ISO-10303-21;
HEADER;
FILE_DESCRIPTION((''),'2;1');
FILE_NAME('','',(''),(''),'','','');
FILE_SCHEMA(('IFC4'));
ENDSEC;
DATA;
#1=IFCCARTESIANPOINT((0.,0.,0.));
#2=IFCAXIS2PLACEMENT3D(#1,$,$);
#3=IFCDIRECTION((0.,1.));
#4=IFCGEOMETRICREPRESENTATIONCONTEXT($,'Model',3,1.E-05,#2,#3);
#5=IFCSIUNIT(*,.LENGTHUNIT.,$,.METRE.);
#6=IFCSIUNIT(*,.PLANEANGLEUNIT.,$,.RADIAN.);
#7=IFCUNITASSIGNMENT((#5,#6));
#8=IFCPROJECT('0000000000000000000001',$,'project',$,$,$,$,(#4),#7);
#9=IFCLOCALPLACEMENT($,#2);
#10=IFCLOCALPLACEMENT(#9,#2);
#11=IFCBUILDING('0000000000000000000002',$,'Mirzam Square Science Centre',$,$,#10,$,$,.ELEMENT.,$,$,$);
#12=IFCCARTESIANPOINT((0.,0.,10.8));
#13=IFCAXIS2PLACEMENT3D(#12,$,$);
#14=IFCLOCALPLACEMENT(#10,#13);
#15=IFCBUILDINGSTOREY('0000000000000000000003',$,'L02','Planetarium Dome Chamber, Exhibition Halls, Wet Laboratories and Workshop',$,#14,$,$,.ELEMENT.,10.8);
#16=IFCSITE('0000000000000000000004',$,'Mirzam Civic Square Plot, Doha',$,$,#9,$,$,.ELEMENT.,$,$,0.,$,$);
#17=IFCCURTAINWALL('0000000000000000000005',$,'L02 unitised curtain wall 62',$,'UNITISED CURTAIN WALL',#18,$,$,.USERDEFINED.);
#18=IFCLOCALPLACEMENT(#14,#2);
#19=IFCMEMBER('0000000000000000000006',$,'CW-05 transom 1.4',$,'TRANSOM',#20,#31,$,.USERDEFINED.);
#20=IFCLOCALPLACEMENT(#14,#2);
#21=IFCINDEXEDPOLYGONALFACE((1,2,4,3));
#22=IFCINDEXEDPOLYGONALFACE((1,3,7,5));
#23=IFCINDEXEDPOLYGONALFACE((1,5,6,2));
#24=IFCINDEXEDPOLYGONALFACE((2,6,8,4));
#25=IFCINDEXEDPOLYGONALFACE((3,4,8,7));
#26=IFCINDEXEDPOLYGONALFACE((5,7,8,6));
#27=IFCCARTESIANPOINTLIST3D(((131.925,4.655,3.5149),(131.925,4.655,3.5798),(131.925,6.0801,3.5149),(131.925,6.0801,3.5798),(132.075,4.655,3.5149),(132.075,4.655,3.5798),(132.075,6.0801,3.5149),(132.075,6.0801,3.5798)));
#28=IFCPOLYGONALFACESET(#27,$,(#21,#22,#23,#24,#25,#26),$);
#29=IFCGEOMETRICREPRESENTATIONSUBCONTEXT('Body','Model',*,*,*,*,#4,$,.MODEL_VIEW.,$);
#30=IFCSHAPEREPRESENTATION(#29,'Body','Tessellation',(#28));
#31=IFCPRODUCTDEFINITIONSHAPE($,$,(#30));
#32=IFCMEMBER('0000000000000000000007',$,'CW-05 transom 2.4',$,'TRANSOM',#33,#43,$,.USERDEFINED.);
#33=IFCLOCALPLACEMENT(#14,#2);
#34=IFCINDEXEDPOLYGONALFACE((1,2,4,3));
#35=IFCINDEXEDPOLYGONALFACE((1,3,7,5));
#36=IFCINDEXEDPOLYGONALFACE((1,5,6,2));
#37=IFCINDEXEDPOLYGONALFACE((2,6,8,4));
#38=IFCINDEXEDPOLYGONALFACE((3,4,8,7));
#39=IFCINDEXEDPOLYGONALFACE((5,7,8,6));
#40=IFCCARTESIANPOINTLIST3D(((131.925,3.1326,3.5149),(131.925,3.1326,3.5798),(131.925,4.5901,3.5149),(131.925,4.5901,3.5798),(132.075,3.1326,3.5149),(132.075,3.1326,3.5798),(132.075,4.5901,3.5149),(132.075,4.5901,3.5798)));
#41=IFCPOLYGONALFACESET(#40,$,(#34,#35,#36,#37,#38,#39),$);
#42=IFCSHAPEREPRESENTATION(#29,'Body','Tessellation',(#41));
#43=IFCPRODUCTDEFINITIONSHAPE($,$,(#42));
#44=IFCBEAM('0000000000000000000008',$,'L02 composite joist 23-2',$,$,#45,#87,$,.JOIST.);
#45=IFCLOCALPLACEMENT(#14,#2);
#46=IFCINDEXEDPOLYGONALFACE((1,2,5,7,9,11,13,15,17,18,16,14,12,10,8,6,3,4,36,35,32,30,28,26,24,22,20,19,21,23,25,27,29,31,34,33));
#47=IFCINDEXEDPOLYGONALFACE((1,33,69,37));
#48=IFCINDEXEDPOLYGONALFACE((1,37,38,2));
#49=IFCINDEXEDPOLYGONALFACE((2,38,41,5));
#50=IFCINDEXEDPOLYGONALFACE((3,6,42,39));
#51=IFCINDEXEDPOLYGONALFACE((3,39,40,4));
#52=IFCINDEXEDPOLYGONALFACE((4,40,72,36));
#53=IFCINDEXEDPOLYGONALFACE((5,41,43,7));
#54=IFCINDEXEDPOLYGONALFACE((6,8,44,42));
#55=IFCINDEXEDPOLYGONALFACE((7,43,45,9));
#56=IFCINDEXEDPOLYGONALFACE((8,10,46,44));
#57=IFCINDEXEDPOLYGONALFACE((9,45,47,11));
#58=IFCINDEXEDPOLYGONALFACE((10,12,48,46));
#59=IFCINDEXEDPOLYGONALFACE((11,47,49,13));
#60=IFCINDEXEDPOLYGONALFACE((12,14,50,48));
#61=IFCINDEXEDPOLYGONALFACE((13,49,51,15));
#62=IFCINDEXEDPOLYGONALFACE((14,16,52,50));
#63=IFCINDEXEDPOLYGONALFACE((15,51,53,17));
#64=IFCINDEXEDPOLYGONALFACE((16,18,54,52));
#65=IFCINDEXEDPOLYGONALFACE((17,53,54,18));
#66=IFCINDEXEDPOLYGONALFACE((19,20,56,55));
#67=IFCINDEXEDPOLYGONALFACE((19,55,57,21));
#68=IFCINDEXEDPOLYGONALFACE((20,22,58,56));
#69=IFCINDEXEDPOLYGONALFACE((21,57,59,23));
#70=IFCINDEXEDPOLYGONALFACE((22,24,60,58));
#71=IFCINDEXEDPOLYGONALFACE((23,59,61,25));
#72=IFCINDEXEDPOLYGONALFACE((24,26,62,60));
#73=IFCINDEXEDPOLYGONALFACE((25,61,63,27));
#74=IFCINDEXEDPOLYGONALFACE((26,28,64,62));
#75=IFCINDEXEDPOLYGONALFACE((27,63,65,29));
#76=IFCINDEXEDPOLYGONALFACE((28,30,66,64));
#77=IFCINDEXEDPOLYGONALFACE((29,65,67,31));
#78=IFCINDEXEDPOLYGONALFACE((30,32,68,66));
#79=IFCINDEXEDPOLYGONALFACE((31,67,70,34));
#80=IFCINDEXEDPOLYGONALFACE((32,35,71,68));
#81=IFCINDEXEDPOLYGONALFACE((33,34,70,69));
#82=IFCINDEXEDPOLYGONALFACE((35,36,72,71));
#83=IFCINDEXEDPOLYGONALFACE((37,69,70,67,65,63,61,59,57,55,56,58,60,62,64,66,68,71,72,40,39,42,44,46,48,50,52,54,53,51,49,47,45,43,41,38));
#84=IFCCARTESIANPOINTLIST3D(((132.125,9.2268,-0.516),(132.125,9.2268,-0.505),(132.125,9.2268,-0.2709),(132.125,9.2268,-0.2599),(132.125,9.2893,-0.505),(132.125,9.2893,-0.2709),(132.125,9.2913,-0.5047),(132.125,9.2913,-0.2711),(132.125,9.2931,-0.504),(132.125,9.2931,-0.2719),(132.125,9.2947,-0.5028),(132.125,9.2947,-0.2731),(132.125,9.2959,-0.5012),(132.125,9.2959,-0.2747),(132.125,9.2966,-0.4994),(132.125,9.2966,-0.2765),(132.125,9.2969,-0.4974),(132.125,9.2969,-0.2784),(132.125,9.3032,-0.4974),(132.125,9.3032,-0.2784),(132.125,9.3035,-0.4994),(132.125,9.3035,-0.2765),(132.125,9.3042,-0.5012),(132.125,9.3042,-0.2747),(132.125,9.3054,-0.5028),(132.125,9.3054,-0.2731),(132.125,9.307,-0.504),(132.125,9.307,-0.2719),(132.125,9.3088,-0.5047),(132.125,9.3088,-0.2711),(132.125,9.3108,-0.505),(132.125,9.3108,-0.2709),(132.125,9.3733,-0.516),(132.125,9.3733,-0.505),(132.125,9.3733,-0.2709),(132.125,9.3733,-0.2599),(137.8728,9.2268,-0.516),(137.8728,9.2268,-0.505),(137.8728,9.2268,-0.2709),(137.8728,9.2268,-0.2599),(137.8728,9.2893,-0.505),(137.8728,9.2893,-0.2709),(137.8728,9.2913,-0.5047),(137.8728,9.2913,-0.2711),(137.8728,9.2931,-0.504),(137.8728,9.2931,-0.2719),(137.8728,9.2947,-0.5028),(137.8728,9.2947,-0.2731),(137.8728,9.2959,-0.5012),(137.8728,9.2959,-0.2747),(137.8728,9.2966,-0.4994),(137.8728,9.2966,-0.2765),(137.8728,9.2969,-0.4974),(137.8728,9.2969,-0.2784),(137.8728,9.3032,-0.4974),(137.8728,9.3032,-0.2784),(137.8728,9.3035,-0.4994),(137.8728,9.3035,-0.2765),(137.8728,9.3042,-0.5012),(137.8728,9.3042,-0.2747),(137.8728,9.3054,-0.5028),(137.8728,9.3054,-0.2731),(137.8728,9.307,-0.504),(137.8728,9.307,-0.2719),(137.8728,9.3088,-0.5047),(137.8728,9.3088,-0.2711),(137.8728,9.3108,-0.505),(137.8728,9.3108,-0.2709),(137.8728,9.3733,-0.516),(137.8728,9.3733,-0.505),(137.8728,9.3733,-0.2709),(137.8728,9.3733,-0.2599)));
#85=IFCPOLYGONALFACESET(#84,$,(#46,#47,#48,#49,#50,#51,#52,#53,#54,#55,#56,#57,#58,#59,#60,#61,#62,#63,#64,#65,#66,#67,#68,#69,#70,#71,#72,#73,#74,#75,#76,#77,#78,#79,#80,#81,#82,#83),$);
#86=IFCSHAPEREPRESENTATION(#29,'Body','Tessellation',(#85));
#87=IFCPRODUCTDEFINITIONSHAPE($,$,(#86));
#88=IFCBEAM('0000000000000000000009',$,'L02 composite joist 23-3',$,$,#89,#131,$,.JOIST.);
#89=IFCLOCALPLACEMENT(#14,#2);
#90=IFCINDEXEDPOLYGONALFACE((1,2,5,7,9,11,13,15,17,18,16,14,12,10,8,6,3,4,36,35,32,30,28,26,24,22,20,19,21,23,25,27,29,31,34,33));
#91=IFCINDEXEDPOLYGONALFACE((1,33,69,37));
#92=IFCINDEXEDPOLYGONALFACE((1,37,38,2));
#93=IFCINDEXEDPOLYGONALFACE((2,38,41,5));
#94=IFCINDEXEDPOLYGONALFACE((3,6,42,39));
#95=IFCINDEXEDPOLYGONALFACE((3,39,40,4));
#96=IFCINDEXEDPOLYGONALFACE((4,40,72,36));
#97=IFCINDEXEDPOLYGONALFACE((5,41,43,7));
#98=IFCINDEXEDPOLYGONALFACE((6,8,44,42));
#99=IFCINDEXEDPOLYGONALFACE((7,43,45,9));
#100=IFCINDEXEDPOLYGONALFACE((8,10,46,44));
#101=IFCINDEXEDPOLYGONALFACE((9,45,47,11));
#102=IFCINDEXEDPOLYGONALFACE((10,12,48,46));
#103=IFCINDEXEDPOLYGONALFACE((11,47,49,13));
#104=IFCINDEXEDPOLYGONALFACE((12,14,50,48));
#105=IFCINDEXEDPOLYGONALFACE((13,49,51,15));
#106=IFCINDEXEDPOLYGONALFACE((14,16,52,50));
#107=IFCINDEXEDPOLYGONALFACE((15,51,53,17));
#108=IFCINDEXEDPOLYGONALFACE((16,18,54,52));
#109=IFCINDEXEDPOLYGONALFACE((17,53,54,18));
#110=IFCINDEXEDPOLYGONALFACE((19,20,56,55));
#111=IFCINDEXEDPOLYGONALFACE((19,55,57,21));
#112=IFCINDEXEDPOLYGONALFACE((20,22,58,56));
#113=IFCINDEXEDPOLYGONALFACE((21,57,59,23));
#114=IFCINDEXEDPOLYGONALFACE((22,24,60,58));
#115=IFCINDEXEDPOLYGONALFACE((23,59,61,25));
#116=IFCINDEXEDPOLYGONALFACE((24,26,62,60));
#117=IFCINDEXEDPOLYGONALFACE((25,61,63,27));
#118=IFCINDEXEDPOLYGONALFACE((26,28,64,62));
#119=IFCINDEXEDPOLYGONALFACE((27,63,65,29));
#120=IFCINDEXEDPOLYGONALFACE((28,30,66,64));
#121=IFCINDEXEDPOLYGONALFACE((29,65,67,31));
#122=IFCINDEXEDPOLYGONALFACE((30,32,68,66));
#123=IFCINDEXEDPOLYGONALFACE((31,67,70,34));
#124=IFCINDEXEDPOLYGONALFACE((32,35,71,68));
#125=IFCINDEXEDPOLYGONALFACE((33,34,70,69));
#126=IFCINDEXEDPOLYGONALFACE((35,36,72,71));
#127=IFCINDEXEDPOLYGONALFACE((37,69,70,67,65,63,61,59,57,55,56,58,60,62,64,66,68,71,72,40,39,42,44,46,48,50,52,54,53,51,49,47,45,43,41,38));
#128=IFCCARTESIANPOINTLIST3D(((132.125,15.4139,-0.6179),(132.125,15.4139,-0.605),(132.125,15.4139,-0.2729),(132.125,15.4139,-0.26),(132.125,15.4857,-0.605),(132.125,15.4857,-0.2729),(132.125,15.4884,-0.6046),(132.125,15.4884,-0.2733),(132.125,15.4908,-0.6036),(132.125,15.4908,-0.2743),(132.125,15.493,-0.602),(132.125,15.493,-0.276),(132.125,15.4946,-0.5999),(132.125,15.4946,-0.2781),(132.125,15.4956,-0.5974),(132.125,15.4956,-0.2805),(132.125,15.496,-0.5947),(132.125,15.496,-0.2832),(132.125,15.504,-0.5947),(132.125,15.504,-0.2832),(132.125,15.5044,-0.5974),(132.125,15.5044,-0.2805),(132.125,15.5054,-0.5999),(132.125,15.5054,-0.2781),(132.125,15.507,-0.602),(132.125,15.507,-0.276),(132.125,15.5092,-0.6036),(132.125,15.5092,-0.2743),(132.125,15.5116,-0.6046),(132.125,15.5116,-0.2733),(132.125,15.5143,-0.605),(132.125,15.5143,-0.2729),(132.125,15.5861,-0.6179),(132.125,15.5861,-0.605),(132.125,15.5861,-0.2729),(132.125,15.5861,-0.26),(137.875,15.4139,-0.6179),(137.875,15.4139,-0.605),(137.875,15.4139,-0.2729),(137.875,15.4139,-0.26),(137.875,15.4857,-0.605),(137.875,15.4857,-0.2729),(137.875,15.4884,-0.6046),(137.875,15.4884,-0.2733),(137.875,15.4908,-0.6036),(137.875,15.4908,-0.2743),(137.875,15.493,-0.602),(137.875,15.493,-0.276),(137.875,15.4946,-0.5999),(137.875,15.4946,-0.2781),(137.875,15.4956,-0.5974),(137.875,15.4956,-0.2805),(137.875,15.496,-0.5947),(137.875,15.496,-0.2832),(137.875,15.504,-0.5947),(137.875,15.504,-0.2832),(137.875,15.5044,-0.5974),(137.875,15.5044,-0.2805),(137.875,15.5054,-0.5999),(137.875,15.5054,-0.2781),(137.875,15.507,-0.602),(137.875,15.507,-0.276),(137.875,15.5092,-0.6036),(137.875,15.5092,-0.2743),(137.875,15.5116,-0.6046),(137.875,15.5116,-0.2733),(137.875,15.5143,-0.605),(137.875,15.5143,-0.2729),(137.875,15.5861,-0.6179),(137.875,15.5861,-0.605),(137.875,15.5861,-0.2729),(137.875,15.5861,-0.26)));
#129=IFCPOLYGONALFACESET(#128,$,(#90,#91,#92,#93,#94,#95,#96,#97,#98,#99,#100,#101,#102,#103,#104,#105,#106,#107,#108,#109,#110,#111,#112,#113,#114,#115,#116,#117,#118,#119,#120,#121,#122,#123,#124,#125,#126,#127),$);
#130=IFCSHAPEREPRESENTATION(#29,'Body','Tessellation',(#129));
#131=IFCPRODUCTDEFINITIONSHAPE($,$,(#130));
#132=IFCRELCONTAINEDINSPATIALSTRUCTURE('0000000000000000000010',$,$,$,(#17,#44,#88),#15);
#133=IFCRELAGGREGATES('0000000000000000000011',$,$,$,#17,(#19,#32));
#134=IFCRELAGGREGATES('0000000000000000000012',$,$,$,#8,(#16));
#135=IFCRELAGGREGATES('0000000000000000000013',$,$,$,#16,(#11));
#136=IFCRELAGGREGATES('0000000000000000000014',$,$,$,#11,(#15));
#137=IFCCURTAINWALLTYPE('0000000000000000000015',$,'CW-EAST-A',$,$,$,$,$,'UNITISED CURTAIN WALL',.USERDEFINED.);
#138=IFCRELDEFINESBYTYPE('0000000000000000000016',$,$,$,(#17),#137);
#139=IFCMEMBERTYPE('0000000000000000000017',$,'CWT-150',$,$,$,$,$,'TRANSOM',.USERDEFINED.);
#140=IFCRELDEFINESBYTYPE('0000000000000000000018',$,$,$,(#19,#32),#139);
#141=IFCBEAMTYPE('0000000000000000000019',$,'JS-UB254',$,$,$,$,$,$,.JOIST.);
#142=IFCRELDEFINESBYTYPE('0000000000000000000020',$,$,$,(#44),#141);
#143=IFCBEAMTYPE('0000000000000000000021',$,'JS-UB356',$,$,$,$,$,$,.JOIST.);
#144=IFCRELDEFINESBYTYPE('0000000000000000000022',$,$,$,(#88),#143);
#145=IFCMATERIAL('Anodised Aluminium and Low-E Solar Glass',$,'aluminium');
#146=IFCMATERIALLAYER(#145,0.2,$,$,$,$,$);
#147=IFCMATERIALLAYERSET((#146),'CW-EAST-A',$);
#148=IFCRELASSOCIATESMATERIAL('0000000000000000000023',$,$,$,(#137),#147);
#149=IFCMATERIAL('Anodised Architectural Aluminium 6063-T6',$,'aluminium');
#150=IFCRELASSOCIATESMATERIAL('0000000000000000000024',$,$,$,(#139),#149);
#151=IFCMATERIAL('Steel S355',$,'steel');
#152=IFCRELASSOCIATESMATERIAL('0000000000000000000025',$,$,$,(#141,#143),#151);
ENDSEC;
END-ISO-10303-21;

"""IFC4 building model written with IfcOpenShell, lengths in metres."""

from ifc_helpers import new_model, si_unit, direction, frame, origin, origin_2d, place, context, subcontext, project, spatial, rectangle, i_section, extrude, material, layer, layer_set, material_profile, profile_set, type_object, element, aggregate, save


model = new_model("IFC4")

# Units and contexts
model_context = context("Model", 3, precision=1e-05, world=origin(), true_north=direction((0.0, 1.0)))
body_context = subcontext(model_context, "Body", "Model", "MODEL_VIEW")
ifc_project = project(units=[si_unit("LENGTHUNIT", "METRE"), si_unit("PLANEANGLEUNIT", "RADIAN")], contexts=[model_context])

# Site, building, storey
site_placement = place(None, origin())
site = spatial("IfcSite", under=ifc_project, at=site_placement, Name="Mirzam Civic Square Plot, Doha", CompositionType="ELEMENT", RefElevation=0.0)
building_placement = place(site_placement, origin())
building = spatial("IfcBuilding", under=site, at=building_placement, Name="Mirzam Square Science Centre", CompositionType="ELEMENT")
storey_placement = place(building_placement, frame((0.0, 0.0, 10.8)))
storey = spatial("IfcBuildingStorey", under=building, at=storey_placement, Name="L02", Description="Planetarium Dome Chamber, Exhibition Halls, Wet Laboratories and Workshop", CompositionType="ELEMENT", Elevation=10.8)

# Shared definitions
ifc_material_1 = material(Name="Steel S355", Category="steel")

# Curtain wall, members
ifc_material_2 = material(Name="Anodised Aluminium and Low-E Solar Glass", Category="aluminium")
ifc_layer_1 = layer(ifc_material_2, 0.2)
ifc_layer_set_1 = layer_set([ifc_layer_1], Name="CW-EAST-A")
curtain_wall_type = type_object("IfcCurtainWallType", Name="CW-EAST-A", ElementType="UNITISED CURTAIN WALL", PredefinedType="USERDEFINED", material=ifc_layer_set_1)
curtain_wall_placement = place(storey_placement, origin())
curtain_wall = element("IfcCurtainWall", 1, at=curtain_wall_placement, inside=storey, type_object=curtain_wall_type, Name="L02 unitised curtain wall 62", ObjectType="UNITISED CURTAIN WALL", PredefinedType="USERDEFINED")
ifc_material_3 = material(Name="Anodised Architectural Aluminium 6063-T6", Category="aluminium")
ifc_material_profile_1 = material_profile(ifc_material_3, rectangle(XDim=0.1499, YDim=0.0649, at=origin_2d()), Name="ALU-TRAN-150x65x4")
ifc_profile_set_1 = profile_set([ifc_material_profile_1], Name="Anodised Architectural Aluminium 6063-T6")
member_type_1 = type_object("IfcMemberType", Name="CWT-150", ElementType="TRANSOM", PredefinedType="USERDEFINED", material=ifc_profile_set_1)
member_1_placement = place(storey_placement, frame((132.0, 6.0801, 3.5474), z_axis=(0.0, -1.0, 0.0), x_axis=(1.0, 0.0, 0.0)))
member_1 = element("IfcMember", 2, at=member_1_placement, type_object=member_type_1, Name="CW-05 transom 1.4", ObjectType="TRANSOM", PredefinedType="USERDEFINED", context=body_context, shape_type="SweptSolid", body=[
    extrude(rectangle(XDim=0.1499, YDim=0.0649, at=origin_2d()), origin(), (0.0, 0.0, 1.0), 1.425),
])
member_2_placement = place(storey_placement, frame((132.0, 4.5901, 3.5474), z_axis=(0.0, -1.0, 0.0), x_axis=(1.0, 0.0, 0.0)))
member_2 = element("IfcMember", 3, at=member_2_placement, type_object=member_type_1, Name="CW-05 transom 2.4", ObjectType="TRANSOM", PredefinedType="USERDEFINED", context=body_context, shape_type="SweptSolid", body=[
    extrude(rectangle(XDim=0.1499, YDim=0.0649, at=origin_2d()), origin(), (0.0, 0.0, 1.0), 1.4575),
])

# Beams
ifc_material_profile_2 = material_profile(ifc_material_1, i_section(OverallWidth=0.1465, OverallDepth=0.2561, WebThickness=0.0063, FlangeThickness=0.011, FilletRadius=0.0076, at=origin_2d()), Name="254x146x37UB")
ifc_profile_set_2 = profile_set([ifc_material_profile_2], Name="Steel S355")
beam_type_1 = type_object("IfcBeamType", Name="JS-UB254", PredefinedType="JOIST", material=ifc_profile_set_2)
beam_1_placement = place(storey_placement, frame((132.125, 9.3, -0.3879), z_axis=(1.0, 0.0, 0.0), x_axis=(0.0, 1.0, 0.0)))
element("IfcBeam", 4, at=beam_1_placement, inside=storey, type_object=beam_type_1, Name="L02 composite joist 23-2", PredefinedType="JOIST", context=body_context, shape_type="SweptSolid", body=[
    extrude(i_section(OverallWidth=0.1465, OverallDepth=0.2561, WebThickness=0.0063, FlangeThickness=0.011, FilletRadius=0.0076, at=origin_2d()), origin(), (0.0, 0.0, 1.0), 5.7478),
])
ifc_material_profile_3 = material_profile(ifc_material_1, i_section(OverallWidth=0.1721, OverallDepth=0.3579, WebThickness=0.0081, FlangeThickness=0.0129, FilletRadius=0.0103, at=origin_2d()), Name="356x171x57UB")
ifc_profile_set_3 = profile_set([ifc_material_profile_3], Name="Steel S355")
beam_type_2 = type_object("IfcBeamType", Name="JS-UB356", PredefinedType="JOIST", material=ifc_profile_set_3)
beam_2_placement = place(storey_placement, frame((132.125, 15.5, -0.439), z_axis=(1.0, 0.0, 0.0), x_axis=(0.0, 1.0, 0.0)))
element("IfcBeam", 5, at=beam_2_placement, inside=storey, type_object=beam_type_2, Name="L02 composite joist 23-3", PredefinedType="JOIST", context=body_context, shape_type="SweptSolid", body=[
    extrude(i_section(OverallWidth=0.1721, OverallDepth=0.3579, WebThickness=0.0081, FlangeThickness=0.0129, FilletRadius=0.0103, at=origin_2d()), origin(), (0.0, 0.0, 1.0), 5.75),
])

aggregate(curtain_wall, [member_1, member_2])

save(model, "model.ifc")
